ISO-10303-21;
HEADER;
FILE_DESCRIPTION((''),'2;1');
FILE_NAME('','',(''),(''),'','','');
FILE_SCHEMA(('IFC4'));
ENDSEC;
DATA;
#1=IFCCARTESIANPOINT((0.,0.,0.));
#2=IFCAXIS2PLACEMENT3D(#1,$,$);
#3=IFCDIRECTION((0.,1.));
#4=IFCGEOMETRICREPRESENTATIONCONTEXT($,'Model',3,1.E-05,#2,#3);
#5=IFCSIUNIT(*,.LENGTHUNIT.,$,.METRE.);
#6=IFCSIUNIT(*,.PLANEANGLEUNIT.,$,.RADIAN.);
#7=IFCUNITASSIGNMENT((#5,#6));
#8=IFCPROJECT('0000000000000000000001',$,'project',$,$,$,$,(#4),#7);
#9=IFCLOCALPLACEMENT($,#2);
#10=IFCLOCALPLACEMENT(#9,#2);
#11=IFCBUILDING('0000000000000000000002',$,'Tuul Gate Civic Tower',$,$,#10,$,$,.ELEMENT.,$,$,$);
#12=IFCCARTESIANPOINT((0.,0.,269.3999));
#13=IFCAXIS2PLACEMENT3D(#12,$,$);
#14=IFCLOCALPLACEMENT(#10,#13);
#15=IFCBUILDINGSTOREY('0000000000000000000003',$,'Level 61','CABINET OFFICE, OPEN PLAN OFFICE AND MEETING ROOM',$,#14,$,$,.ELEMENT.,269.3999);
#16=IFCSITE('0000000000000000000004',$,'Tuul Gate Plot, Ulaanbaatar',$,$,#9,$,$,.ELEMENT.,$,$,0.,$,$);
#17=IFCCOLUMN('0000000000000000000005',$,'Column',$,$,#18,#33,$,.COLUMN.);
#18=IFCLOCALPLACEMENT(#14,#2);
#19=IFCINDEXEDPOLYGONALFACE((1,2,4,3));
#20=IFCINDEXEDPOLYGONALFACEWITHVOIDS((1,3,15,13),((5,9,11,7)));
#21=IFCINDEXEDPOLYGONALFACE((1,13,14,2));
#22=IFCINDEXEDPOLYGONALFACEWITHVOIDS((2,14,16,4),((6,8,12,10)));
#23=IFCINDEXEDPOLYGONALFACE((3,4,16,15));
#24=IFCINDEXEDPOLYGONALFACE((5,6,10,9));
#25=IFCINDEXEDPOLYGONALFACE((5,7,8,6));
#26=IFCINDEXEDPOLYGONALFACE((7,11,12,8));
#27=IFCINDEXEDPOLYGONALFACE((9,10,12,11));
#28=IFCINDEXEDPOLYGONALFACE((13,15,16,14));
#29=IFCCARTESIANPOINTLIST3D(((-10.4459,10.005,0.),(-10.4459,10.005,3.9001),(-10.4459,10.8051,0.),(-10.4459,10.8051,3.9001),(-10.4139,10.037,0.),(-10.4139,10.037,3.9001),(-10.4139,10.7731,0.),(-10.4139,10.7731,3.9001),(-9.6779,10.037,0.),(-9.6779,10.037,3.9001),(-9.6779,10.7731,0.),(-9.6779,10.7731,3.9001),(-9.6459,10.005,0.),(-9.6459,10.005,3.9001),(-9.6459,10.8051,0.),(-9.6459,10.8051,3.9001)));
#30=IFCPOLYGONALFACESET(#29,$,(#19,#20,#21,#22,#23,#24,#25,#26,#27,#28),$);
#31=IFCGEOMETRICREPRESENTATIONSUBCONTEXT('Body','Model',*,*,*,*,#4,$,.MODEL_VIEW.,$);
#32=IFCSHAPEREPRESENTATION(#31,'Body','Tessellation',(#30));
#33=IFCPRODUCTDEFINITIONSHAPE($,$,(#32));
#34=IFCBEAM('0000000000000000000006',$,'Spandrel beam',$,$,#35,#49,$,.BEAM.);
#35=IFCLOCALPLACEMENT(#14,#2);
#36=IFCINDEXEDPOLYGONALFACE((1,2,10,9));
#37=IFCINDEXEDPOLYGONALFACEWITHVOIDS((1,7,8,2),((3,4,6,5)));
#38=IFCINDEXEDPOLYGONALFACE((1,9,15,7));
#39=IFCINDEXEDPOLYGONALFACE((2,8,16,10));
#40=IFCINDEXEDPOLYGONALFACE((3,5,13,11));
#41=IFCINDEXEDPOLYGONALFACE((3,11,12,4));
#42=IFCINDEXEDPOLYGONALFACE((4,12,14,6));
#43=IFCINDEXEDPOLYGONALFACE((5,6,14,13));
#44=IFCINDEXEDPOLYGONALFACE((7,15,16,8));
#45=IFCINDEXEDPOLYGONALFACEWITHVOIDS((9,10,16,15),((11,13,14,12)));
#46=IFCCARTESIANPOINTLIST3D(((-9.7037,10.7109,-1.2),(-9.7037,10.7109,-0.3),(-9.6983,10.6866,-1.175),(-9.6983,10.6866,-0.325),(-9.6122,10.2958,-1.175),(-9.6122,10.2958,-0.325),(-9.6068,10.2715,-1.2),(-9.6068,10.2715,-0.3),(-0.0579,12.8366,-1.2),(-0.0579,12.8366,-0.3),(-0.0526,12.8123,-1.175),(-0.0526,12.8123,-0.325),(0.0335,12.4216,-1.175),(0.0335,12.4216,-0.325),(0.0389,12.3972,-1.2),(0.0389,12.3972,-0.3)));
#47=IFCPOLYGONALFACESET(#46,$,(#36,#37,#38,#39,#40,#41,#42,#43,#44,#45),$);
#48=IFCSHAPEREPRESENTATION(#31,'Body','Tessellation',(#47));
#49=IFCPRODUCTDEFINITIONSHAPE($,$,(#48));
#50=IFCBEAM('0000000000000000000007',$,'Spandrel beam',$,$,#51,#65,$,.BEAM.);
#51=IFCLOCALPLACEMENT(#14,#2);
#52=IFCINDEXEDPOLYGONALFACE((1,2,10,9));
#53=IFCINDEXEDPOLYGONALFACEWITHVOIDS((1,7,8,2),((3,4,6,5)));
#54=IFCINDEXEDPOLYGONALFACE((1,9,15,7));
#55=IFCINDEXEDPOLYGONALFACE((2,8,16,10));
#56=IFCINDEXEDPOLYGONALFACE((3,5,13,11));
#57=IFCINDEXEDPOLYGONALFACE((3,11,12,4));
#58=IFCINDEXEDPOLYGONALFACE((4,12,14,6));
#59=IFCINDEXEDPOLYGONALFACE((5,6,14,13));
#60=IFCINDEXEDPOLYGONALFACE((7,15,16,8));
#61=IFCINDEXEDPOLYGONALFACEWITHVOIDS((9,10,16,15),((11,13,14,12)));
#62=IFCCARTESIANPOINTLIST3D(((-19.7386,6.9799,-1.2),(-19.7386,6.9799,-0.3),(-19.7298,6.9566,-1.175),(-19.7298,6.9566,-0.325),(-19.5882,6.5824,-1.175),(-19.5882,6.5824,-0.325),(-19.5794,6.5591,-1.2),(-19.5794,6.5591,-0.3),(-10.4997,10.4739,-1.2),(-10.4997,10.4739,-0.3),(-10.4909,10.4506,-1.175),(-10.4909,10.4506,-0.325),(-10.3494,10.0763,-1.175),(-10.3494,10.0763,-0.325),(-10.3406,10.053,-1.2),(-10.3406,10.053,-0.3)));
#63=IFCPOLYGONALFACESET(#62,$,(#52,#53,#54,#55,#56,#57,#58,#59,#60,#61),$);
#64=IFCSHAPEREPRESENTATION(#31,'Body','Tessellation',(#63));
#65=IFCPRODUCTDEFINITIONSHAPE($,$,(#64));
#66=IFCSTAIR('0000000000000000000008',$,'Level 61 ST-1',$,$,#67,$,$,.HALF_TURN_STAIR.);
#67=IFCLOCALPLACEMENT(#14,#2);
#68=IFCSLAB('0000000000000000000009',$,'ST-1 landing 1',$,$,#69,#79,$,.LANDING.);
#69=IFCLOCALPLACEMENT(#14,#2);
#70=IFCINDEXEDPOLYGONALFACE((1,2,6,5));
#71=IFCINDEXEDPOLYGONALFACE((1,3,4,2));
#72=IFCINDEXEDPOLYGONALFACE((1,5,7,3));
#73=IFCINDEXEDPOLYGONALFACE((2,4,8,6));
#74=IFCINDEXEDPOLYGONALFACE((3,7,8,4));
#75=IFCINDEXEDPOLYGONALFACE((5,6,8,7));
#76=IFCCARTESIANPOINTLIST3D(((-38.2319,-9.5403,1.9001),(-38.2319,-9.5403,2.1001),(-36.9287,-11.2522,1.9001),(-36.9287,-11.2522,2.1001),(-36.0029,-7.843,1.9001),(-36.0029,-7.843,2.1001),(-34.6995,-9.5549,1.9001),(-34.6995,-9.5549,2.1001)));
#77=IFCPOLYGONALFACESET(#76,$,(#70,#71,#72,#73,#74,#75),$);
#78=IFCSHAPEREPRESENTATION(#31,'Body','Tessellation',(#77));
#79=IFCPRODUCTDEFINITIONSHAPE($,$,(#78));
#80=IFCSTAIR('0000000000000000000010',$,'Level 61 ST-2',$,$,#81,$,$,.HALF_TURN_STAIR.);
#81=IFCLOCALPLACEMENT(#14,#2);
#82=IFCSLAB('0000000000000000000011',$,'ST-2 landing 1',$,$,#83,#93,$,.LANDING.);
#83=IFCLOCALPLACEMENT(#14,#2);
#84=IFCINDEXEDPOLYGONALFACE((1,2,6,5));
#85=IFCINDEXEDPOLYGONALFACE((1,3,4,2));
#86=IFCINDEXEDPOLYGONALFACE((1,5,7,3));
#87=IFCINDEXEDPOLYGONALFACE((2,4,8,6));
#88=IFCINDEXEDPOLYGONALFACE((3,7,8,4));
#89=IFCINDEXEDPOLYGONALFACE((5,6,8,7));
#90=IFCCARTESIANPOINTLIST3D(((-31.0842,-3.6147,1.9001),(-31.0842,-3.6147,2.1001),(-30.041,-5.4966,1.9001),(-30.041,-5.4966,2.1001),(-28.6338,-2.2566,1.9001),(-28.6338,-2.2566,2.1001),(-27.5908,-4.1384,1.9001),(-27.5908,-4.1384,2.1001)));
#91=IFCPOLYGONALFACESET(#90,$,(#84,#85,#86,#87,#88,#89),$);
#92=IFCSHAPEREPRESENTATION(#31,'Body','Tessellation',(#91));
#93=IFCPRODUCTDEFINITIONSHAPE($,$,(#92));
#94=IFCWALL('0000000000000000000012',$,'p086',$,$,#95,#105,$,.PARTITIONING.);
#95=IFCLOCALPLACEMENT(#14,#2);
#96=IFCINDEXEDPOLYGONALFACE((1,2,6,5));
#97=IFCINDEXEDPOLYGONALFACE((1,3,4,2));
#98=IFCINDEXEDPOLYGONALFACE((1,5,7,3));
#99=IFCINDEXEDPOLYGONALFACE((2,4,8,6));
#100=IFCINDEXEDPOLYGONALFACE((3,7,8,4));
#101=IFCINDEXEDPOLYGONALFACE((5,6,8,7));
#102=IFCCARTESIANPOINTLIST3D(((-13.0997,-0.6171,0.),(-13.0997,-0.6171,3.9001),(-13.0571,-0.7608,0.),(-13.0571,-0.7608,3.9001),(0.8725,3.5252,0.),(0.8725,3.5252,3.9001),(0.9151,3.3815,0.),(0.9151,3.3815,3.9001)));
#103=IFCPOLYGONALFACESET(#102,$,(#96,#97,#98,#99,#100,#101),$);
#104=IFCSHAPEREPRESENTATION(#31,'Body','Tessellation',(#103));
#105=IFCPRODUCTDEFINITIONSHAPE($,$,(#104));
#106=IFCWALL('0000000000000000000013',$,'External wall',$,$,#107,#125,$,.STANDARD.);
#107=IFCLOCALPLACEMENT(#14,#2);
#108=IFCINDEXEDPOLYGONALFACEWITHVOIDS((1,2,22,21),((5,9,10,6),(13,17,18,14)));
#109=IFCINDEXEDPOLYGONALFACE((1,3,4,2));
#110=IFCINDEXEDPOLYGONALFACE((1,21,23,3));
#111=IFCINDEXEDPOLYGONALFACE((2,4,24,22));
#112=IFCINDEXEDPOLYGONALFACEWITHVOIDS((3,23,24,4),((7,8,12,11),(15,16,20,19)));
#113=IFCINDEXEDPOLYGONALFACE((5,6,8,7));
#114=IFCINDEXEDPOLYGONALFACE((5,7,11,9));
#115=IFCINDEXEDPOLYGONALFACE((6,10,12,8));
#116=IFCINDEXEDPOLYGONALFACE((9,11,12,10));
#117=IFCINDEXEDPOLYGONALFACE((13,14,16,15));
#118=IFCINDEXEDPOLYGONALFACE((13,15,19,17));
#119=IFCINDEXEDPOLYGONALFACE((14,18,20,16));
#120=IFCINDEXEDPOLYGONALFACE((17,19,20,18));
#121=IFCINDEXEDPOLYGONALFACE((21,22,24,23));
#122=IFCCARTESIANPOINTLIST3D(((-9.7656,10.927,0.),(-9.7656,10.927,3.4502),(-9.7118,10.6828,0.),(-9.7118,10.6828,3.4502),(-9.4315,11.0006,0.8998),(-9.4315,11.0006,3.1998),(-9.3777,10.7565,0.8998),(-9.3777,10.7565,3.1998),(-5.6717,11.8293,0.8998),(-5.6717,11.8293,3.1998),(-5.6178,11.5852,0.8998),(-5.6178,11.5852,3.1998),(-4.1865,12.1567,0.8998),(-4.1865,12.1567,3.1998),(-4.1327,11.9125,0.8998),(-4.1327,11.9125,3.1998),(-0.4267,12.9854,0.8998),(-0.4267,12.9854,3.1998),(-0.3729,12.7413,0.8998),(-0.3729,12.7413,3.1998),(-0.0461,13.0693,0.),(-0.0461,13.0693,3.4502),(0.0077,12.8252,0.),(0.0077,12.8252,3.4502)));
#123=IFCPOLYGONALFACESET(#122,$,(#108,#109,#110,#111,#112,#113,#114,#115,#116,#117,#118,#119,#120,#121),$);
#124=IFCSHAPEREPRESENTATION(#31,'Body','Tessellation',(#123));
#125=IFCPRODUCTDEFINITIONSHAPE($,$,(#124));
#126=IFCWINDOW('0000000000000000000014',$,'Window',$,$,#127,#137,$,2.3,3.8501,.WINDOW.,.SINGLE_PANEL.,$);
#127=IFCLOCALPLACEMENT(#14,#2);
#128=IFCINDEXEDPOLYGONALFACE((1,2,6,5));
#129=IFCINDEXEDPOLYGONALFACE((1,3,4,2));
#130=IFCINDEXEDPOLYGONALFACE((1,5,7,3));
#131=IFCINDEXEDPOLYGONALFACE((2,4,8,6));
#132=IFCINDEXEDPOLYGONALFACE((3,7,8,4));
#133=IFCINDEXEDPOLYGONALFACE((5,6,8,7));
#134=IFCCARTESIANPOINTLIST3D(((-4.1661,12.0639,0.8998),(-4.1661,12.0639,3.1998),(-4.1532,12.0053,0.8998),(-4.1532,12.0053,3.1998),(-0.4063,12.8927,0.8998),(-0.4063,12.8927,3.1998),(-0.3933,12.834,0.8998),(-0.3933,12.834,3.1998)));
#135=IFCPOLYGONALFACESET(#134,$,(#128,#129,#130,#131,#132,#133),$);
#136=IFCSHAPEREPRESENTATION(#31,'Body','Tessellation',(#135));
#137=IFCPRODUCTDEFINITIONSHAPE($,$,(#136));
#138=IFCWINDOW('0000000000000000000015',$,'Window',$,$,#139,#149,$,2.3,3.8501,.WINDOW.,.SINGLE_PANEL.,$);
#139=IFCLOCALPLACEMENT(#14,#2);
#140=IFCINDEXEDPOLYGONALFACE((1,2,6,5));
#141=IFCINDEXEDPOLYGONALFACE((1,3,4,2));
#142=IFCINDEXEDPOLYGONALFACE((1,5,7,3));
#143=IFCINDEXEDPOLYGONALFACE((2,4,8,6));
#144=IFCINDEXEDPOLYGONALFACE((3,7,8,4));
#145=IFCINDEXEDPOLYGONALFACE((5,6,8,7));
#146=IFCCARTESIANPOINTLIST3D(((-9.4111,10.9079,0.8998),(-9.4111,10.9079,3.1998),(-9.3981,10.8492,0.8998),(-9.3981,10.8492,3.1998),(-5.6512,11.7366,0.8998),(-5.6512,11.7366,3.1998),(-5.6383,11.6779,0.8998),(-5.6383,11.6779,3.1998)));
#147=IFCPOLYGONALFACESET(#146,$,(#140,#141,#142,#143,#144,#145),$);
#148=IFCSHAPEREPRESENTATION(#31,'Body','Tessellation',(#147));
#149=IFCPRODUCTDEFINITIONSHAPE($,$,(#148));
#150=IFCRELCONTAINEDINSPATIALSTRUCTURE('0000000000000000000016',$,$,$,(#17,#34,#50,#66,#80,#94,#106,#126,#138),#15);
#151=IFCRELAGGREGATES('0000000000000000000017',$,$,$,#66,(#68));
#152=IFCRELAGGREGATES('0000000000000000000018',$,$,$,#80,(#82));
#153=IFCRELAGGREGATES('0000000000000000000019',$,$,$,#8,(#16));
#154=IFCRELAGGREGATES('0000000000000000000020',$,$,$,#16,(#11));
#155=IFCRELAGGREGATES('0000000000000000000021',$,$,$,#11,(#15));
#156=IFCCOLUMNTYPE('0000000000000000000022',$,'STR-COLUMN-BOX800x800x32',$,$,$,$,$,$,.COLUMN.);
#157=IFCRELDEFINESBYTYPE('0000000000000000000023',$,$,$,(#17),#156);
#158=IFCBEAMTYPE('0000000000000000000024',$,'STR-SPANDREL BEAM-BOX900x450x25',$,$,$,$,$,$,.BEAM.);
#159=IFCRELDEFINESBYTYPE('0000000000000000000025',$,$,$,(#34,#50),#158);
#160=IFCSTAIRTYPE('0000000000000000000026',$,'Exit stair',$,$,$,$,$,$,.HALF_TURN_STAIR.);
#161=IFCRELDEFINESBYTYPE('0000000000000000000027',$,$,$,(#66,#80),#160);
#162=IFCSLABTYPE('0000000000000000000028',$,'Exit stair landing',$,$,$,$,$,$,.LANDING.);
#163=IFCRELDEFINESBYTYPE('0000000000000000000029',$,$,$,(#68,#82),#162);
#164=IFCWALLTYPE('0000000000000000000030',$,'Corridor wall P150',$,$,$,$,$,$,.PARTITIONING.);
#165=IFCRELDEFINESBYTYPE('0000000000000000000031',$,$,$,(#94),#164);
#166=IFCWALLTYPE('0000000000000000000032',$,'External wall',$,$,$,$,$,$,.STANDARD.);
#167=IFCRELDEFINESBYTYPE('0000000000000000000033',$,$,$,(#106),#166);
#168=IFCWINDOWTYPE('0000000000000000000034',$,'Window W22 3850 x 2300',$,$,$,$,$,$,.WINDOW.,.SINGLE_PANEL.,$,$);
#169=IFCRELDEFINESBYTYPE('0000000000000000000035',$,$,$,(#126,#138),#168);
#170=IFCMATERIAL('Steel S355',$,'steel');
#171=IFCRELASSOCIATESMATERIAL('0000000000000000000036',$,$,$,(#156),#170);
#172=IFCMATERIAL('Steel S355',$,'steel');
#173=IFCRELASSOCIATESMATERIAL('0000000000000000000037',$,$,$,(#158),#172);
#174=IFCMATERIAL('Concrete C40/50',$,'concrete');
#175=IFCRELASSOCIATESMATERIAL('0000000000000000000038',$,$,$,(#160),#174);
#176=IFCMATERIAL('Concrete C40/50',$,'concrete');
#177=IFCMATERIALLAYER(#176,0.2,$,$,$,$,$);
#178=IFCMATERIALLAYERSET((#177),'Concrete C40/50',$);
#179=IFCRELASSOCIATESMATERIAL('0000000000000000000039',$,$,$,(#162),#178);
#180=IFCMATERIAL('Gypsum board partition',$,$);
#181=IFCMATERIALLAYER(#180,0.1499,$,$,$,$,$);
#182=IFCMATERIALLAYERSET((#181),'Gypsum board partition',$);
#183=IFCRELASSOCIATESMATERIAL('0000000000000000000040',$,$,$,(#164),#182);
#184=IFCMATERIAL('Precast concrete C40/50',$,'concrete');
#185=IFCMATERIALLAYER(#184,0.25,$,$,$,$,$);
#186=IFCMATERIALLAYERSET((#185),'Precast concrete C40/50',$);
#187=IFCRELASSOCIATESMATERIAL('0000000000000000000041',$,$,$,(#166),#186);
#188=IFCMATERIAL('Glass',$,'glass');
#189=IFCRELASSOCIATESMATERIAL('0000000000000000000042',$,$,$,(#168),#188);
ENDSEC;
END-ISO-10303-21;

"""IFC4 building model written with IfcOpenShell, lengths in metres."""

from ifc_helpers import new_model, si_unit, direction, frame, frame_2d, origin, origin_2d, place, context, subcontext, project, spatial, polyline, rectangle, hollow_rectangle, outline, extrude, material, layer, layer_set, material_profile, profile_set, type_object, element, fill, aggregate, save


model = new_model("IFC4")

# Units and contexts
model_context = context("Model", 3, precision=1e-05, world=origin(), true_north=direction((0.0, 1.0)))
body_context = subcontext(model_context, "Body", "Model", "MODEL_VIEW")
ifc_project = project(units=[si_unit("LENGTHUNIT", "METRE"), si_unit("PLANEANGLEUNIT", "RADIAN")], contexts=[model_context])

# Site, building, storey
site_placement = place(None, origin())
site = spatial("IfcSite", under=ifc_project, at=site_placement, Name="Tuul Gate Plot, Ulaanbaatar", CompositionType="ELEMENT", RefElevation=0.0)
building_placement = place(site_placement, origin())
building = spatial("IfcBuilding", under=site, at=building_placement, Name="Tuul Gate Civic Tower", CompositionType="ELEMENT")
storey_placement = place(building_placement, frame((0.0, 0.0, 269.3999)))
storey = spatial("IfcBuildingStorey", under=building, at=storey_placement, Name="Level 61", Description="CABINET OFFICE, OPEN PLAN OFFICE AND MEETING ROOM", CompositionType="ELEMENT", Elevation=269.3999)

# Column
ifc_material_1 = material(Name="Steel S355", Category="steel")
ifc_material_profile_1 = material_profile(ifc_material_1, hollow_rectangle(XDim=0.8, YDim=0.8, WallThickness=0.032, at=origin_2d()), Name="BOX800x800x32")
ifc_profile_set_1 = profile_set([ifc_material_profile_1], Name="Steel S355")
column_type = type_object("IfcColumnType", Name="STR-COLUMN-BOX800x800x32", PredefinedType="COLUMN", material=ifc_profile_set_1)
column_placement = place(storey_placement, frame((-10.0459, 10.405, 0.0), z_axis=(0.0, 0.0, 1.0), x_axis=(1.0, 0.0, 0.0)))
element("IfcColumn", 1, at=column_placement, inside=storey, type_object=column_type, Name="Column", PredefinedType="COLUMN", context=body_context, shape_type="SweptSolid", body=[
    extrude(hollow_rectangle(XDim=0.8, YDim=0.8, WallThickness=0.032, at=origin_2d()), origin(), (0.0, 0.0, 1.0), 3.9001),
])

# Beams
ifc_material_2 = material(Name="Steel S355", Category="steel")
ifc_material_profile_2 = material_profile(ifc_material_2, hollow_rectangle(XDim=0.45, YDim=0.8999, WallThickness=0.0249, at=origin_2d()), Name="BOX900x450x25")
ifc_profile_set_2 = profile_set([ifc_material_profile_2], Name="Steel S355")
beam_type = type_object("IfcBeamType", Name="STR-SPANDREL BEAM-BOX900x450x25", PredefinedType="BEAM", material=ifc_profile_set_2)
beam_1_placement = place(storey_placement, frame((-0.0095, 12.6169, -0.75), z_axis=(-0.976566, -0.215216, 0.0), x_axis=(0.215216, -0.976566, 0.0)))
element("IfcBeam", 2, at=beam_1_placement, inside=storey, type_object=beam_type, Name="Spandrel beam", PredefinedType="BEAM", context=body_context, shape_type="SweptSolid", body=[
    extrude(hollow_rectangle(XDim=0.45, YDim=0.8999, WallThickness=0.0249, at=origin_2d()), origin(), (0.0, 0.0, 1.0), 9.8772),
])
beam_2_placement = place(storey_placement, frame((-10.4202, 10.2634, -0.75), z_axis=(-0.935348, -0.353728, 0.0), x_axis=(0.353728, -0.935348, 0.0)))
element("IfcBeam", 3, at=beam_2_placement, inside=storey, type_object=beam_type, Name="Spandrel beam", PredefinedType="BEAM", context=body_context, shape_type="SweptSolid", body=[
    extrude(hollow_rectangle(XDim=0.45, YDim=0.8999, WallThickness=0.0249, at=origin_2d()), origin(), (0.0, 0.0, 1.0), 9.8774),
])

# Stairs, slabs
ifc_material_3 = material(Name="Concrete C40/50", Category="concrete")
stair_type = type_object("IfcStairType", Name="Exit stair", PredefinedType="HALF_TURN_STAIR", material=ifc_material_3)
stair_1_placement = place(storey_placement, origin())
stair_1 = element("IfcStair", 4, at=stair_1_placement, inside=storey, type_object=stair_type, Name="Level 61 ST-1", PredefinedType="HALF_TURN_STAIR")
ifc_material_4 = material(Name="Concrete C40/50", Category="concrete")
ifc_layer_1 = layer(ifc_material_4, 0.2)
ifc_layer_set_1 = layer_set([ifc_layer_1], Name="Concrete C40/50")
slab_type = type_object("IfcSlabType", Name="Exit stair landing", PredefinedType="LANDING", material=ifc_layer_set_1)
slab_1_placement = place(storey_placement, frame((0.0, 0.0, 1.9001)))
slab_1 = element("IfcSlab", 5, at=slab_1_placement, type_object=slab_type, Name="ST-1 landing 1", PredefinedType="LANDING", context=body_context, shape_type="SweptSolid", body=[
    extrude(outline(polyline([(-34.6995, -9.5549), (-36.9287, -11.2522), (-38.2319, -9.5403), (-36.0029, -7.843), (-34.6995, -9.5549)])), origin(), (0.0, 0.0, 1.0), 0.2),
])
aggregate(stair_1, [slab_1])
stair_2_placement = place(storey_placement, origin())
stair_2 = element("IfcStair", 6, at=stair_2_placement, inside=storey, type_object=stair_type, Name="Level 61 ST-2", PredefinedType="HALF_TURN_STAIR")
slab_2_placement = place(storey_placement, frame((0.0, 0.0, 1.9001)))
slab_2 = element("IfcSlab", 7, at=slab_2_placement, type_object=slab_type, Name="ST-2 landing 1", PredefinedType="LANDING", context=body_context, shape_type="SweptSolid", body=[
    extrude(outline(polyline([(-27.5908, -4.1384), (-30.041, -5.4966), (-31.0842, -3.6147), (-28.6338, -2.2566), (-27.5908, -4.1384)])), origin(), (0.0, 0.0, 1.0), 0.2),
])
aggregate(stair_2, [slab_2])

# Wall
ifc_material_5 = material(Name="Gypsum board partition")
ifc_layer_2 = layer(ifc_material_5, 0.1499)
ifc_layer_set_2 = layer_set([ifc_layer_2], Name="Gypsum board partition")
wall_type_1 = type_object("IfcWallType", Name="Corridor wall P150", PredefinedType="PARTITIONING", material=ifc_layer_set_2)
wall_1_placement = place(storey_placement, frame((-13.0784, -0.689, 0.0), z_axis=(0.0, 0.0, 1.0), x_axis=(0.958753, 0.284242, 0.0)))
element("IfcWall", 8, at=wall_1_placement, inside=storey, type_object=wall_type_1, Name="p086", PredefinedType="PARTITIONING", context=body_context, shape_type="SweptSolid", body=[
    extrude(rectangle(XDim=14.5732, YDim=0.1499, at=frame_2d((7.2866, 0.0))), origin(), (0.0, 0.0, 1.0), 3.9001),
])

# Wall, openings, windows
ifc_material_6 = material(Name="Precast concrete C40/50", Category="concrete")
ifc_layer_3 = layer(ifc_material_6, 0.25)
ifc_layer_set_3 = layer_set([ifc_layer_3], Name="Precast concrete C40/50")
wall_type_2 = type_object("IfcWallType", Name="External wall", PredefinedType="STANDARD", material=ifc_layer_set_3)
wall_2_placement = place(storey_placement, frame((-0.019, 12.9473, 0.0), z_axis=(0.0, 0.0, 1.0), x_axis=(-0.976559, -0.21525, 0.0)))
wall_2 = element("IfcWall", 9, at=wall_2_placement, inside=storey, type_object=wall_type_2, Name="External wall", PredefinedType="STANDARD", context=body_context, shape_type="SweptSolid", body=[
    extrude(rectangle(XDim=9.9529, YDim=0.25, at=frame_2d((4.9766, 0.0))), origin(), (0.0, 0.0, 1.0), 3.4502),
])
opening_1_placement = place(wall_2_placement, frame((0.3899, 0.0, 0.8999)))
opening_1 = element("IfcOpeningElement", 10, at=opening_1_placement, cuts=wall_2, PredefinedType="OPENING", context=body_context, shape_type="SweptSolid", body=[
    extrude(rectangle(XDim=3.8501, YDim=2.3, at=frame_2d((1.925, 1.1499))), frame((0.0, 0.135, 0.0), z_axis=(0.0, -1.0, 0.0), x_axis=(1.0, 0.0, 0.0)), (0.0, 0.0, 1.0), 0.27),
])
opening_2_placement = place(wall_2_placement, frame((5.7607, 0.0, 0.8999)))
opening_2 = element("IfcOpeningElement", 11, at=opening_2_placement, cuts=wall_2, PredefinedType="OPENING", context=body_context, shape_type="SweptSolid", body=[
    extrude(rectangle(XDim=3.8501, YDim=2.3, at=frame_2d((1.925, 1.1499))), frame((0.0, 0.135, 0.0), z_axis=(0.0, -1.0, 0.0), x_axis=(1.0, 0.0, 0.0)), (0.0, 0.0, 1.0), 0.27),
])
ifc_material_7 = material(Name="Glass", Category="glass")
window_type = type_object("IfcWindowType", Name="Window W22 3850 x 2300", PartitioningType="SINGLE_PANEL", PredefinedType="WINDOW", material=ifc_material_7)
window_1_placement = place(opening_1_placement, origin())
window_1 = element("IfcWindow", 12, at=window_1_placement, inside=storey, type_object=window_type, Name="Window", OverallHeight=2.3, OverallWidth=3.8501, PartitioningType="SINGLE_PANEL", PredefinedType="WINDOW", context=body_context, shape_type="SweptSolid", body=[
    extrude(rectangle(XDim=3.8501, YDim=2.3, at=frame_2d((1.925, 1.1499))), frame((0.0, 0.03, 0.0), z_axis=(0.0, -1.0, 0.0), x_axis=(1.0, 0.0, 0.0)), (0.0, 0.0, 1.0), 0.0601),
])
fill(opening_1, window_1)
window_2_placement = place(opening_2_placement, origin())
window_2 = element("IfcWindow", 13, at=window_2_placement, inside=storey, type_object=window_type, Name="Window", OverallHeight=2.3, OverallWidth=3.8501, PartitioningType="SINGLE_PANEL", PredefinedType="WINDOW", context=body_context, shape_type="SweptSolid", body=[
    extrude(rectangle(XDim=3.8501, YDim=2.3, at=frame_2d((1.925, 1.1499))), frame((0.0, 0.03, 0.0), z_axis=(0.0, -1.0, 0.0), x_axis=(1.0, 0.0, 0.0)), (0.0, 0.0, 1.0), 0.0601),
])
fill(opening_2, window_2)

save(model, "model.ifc")
